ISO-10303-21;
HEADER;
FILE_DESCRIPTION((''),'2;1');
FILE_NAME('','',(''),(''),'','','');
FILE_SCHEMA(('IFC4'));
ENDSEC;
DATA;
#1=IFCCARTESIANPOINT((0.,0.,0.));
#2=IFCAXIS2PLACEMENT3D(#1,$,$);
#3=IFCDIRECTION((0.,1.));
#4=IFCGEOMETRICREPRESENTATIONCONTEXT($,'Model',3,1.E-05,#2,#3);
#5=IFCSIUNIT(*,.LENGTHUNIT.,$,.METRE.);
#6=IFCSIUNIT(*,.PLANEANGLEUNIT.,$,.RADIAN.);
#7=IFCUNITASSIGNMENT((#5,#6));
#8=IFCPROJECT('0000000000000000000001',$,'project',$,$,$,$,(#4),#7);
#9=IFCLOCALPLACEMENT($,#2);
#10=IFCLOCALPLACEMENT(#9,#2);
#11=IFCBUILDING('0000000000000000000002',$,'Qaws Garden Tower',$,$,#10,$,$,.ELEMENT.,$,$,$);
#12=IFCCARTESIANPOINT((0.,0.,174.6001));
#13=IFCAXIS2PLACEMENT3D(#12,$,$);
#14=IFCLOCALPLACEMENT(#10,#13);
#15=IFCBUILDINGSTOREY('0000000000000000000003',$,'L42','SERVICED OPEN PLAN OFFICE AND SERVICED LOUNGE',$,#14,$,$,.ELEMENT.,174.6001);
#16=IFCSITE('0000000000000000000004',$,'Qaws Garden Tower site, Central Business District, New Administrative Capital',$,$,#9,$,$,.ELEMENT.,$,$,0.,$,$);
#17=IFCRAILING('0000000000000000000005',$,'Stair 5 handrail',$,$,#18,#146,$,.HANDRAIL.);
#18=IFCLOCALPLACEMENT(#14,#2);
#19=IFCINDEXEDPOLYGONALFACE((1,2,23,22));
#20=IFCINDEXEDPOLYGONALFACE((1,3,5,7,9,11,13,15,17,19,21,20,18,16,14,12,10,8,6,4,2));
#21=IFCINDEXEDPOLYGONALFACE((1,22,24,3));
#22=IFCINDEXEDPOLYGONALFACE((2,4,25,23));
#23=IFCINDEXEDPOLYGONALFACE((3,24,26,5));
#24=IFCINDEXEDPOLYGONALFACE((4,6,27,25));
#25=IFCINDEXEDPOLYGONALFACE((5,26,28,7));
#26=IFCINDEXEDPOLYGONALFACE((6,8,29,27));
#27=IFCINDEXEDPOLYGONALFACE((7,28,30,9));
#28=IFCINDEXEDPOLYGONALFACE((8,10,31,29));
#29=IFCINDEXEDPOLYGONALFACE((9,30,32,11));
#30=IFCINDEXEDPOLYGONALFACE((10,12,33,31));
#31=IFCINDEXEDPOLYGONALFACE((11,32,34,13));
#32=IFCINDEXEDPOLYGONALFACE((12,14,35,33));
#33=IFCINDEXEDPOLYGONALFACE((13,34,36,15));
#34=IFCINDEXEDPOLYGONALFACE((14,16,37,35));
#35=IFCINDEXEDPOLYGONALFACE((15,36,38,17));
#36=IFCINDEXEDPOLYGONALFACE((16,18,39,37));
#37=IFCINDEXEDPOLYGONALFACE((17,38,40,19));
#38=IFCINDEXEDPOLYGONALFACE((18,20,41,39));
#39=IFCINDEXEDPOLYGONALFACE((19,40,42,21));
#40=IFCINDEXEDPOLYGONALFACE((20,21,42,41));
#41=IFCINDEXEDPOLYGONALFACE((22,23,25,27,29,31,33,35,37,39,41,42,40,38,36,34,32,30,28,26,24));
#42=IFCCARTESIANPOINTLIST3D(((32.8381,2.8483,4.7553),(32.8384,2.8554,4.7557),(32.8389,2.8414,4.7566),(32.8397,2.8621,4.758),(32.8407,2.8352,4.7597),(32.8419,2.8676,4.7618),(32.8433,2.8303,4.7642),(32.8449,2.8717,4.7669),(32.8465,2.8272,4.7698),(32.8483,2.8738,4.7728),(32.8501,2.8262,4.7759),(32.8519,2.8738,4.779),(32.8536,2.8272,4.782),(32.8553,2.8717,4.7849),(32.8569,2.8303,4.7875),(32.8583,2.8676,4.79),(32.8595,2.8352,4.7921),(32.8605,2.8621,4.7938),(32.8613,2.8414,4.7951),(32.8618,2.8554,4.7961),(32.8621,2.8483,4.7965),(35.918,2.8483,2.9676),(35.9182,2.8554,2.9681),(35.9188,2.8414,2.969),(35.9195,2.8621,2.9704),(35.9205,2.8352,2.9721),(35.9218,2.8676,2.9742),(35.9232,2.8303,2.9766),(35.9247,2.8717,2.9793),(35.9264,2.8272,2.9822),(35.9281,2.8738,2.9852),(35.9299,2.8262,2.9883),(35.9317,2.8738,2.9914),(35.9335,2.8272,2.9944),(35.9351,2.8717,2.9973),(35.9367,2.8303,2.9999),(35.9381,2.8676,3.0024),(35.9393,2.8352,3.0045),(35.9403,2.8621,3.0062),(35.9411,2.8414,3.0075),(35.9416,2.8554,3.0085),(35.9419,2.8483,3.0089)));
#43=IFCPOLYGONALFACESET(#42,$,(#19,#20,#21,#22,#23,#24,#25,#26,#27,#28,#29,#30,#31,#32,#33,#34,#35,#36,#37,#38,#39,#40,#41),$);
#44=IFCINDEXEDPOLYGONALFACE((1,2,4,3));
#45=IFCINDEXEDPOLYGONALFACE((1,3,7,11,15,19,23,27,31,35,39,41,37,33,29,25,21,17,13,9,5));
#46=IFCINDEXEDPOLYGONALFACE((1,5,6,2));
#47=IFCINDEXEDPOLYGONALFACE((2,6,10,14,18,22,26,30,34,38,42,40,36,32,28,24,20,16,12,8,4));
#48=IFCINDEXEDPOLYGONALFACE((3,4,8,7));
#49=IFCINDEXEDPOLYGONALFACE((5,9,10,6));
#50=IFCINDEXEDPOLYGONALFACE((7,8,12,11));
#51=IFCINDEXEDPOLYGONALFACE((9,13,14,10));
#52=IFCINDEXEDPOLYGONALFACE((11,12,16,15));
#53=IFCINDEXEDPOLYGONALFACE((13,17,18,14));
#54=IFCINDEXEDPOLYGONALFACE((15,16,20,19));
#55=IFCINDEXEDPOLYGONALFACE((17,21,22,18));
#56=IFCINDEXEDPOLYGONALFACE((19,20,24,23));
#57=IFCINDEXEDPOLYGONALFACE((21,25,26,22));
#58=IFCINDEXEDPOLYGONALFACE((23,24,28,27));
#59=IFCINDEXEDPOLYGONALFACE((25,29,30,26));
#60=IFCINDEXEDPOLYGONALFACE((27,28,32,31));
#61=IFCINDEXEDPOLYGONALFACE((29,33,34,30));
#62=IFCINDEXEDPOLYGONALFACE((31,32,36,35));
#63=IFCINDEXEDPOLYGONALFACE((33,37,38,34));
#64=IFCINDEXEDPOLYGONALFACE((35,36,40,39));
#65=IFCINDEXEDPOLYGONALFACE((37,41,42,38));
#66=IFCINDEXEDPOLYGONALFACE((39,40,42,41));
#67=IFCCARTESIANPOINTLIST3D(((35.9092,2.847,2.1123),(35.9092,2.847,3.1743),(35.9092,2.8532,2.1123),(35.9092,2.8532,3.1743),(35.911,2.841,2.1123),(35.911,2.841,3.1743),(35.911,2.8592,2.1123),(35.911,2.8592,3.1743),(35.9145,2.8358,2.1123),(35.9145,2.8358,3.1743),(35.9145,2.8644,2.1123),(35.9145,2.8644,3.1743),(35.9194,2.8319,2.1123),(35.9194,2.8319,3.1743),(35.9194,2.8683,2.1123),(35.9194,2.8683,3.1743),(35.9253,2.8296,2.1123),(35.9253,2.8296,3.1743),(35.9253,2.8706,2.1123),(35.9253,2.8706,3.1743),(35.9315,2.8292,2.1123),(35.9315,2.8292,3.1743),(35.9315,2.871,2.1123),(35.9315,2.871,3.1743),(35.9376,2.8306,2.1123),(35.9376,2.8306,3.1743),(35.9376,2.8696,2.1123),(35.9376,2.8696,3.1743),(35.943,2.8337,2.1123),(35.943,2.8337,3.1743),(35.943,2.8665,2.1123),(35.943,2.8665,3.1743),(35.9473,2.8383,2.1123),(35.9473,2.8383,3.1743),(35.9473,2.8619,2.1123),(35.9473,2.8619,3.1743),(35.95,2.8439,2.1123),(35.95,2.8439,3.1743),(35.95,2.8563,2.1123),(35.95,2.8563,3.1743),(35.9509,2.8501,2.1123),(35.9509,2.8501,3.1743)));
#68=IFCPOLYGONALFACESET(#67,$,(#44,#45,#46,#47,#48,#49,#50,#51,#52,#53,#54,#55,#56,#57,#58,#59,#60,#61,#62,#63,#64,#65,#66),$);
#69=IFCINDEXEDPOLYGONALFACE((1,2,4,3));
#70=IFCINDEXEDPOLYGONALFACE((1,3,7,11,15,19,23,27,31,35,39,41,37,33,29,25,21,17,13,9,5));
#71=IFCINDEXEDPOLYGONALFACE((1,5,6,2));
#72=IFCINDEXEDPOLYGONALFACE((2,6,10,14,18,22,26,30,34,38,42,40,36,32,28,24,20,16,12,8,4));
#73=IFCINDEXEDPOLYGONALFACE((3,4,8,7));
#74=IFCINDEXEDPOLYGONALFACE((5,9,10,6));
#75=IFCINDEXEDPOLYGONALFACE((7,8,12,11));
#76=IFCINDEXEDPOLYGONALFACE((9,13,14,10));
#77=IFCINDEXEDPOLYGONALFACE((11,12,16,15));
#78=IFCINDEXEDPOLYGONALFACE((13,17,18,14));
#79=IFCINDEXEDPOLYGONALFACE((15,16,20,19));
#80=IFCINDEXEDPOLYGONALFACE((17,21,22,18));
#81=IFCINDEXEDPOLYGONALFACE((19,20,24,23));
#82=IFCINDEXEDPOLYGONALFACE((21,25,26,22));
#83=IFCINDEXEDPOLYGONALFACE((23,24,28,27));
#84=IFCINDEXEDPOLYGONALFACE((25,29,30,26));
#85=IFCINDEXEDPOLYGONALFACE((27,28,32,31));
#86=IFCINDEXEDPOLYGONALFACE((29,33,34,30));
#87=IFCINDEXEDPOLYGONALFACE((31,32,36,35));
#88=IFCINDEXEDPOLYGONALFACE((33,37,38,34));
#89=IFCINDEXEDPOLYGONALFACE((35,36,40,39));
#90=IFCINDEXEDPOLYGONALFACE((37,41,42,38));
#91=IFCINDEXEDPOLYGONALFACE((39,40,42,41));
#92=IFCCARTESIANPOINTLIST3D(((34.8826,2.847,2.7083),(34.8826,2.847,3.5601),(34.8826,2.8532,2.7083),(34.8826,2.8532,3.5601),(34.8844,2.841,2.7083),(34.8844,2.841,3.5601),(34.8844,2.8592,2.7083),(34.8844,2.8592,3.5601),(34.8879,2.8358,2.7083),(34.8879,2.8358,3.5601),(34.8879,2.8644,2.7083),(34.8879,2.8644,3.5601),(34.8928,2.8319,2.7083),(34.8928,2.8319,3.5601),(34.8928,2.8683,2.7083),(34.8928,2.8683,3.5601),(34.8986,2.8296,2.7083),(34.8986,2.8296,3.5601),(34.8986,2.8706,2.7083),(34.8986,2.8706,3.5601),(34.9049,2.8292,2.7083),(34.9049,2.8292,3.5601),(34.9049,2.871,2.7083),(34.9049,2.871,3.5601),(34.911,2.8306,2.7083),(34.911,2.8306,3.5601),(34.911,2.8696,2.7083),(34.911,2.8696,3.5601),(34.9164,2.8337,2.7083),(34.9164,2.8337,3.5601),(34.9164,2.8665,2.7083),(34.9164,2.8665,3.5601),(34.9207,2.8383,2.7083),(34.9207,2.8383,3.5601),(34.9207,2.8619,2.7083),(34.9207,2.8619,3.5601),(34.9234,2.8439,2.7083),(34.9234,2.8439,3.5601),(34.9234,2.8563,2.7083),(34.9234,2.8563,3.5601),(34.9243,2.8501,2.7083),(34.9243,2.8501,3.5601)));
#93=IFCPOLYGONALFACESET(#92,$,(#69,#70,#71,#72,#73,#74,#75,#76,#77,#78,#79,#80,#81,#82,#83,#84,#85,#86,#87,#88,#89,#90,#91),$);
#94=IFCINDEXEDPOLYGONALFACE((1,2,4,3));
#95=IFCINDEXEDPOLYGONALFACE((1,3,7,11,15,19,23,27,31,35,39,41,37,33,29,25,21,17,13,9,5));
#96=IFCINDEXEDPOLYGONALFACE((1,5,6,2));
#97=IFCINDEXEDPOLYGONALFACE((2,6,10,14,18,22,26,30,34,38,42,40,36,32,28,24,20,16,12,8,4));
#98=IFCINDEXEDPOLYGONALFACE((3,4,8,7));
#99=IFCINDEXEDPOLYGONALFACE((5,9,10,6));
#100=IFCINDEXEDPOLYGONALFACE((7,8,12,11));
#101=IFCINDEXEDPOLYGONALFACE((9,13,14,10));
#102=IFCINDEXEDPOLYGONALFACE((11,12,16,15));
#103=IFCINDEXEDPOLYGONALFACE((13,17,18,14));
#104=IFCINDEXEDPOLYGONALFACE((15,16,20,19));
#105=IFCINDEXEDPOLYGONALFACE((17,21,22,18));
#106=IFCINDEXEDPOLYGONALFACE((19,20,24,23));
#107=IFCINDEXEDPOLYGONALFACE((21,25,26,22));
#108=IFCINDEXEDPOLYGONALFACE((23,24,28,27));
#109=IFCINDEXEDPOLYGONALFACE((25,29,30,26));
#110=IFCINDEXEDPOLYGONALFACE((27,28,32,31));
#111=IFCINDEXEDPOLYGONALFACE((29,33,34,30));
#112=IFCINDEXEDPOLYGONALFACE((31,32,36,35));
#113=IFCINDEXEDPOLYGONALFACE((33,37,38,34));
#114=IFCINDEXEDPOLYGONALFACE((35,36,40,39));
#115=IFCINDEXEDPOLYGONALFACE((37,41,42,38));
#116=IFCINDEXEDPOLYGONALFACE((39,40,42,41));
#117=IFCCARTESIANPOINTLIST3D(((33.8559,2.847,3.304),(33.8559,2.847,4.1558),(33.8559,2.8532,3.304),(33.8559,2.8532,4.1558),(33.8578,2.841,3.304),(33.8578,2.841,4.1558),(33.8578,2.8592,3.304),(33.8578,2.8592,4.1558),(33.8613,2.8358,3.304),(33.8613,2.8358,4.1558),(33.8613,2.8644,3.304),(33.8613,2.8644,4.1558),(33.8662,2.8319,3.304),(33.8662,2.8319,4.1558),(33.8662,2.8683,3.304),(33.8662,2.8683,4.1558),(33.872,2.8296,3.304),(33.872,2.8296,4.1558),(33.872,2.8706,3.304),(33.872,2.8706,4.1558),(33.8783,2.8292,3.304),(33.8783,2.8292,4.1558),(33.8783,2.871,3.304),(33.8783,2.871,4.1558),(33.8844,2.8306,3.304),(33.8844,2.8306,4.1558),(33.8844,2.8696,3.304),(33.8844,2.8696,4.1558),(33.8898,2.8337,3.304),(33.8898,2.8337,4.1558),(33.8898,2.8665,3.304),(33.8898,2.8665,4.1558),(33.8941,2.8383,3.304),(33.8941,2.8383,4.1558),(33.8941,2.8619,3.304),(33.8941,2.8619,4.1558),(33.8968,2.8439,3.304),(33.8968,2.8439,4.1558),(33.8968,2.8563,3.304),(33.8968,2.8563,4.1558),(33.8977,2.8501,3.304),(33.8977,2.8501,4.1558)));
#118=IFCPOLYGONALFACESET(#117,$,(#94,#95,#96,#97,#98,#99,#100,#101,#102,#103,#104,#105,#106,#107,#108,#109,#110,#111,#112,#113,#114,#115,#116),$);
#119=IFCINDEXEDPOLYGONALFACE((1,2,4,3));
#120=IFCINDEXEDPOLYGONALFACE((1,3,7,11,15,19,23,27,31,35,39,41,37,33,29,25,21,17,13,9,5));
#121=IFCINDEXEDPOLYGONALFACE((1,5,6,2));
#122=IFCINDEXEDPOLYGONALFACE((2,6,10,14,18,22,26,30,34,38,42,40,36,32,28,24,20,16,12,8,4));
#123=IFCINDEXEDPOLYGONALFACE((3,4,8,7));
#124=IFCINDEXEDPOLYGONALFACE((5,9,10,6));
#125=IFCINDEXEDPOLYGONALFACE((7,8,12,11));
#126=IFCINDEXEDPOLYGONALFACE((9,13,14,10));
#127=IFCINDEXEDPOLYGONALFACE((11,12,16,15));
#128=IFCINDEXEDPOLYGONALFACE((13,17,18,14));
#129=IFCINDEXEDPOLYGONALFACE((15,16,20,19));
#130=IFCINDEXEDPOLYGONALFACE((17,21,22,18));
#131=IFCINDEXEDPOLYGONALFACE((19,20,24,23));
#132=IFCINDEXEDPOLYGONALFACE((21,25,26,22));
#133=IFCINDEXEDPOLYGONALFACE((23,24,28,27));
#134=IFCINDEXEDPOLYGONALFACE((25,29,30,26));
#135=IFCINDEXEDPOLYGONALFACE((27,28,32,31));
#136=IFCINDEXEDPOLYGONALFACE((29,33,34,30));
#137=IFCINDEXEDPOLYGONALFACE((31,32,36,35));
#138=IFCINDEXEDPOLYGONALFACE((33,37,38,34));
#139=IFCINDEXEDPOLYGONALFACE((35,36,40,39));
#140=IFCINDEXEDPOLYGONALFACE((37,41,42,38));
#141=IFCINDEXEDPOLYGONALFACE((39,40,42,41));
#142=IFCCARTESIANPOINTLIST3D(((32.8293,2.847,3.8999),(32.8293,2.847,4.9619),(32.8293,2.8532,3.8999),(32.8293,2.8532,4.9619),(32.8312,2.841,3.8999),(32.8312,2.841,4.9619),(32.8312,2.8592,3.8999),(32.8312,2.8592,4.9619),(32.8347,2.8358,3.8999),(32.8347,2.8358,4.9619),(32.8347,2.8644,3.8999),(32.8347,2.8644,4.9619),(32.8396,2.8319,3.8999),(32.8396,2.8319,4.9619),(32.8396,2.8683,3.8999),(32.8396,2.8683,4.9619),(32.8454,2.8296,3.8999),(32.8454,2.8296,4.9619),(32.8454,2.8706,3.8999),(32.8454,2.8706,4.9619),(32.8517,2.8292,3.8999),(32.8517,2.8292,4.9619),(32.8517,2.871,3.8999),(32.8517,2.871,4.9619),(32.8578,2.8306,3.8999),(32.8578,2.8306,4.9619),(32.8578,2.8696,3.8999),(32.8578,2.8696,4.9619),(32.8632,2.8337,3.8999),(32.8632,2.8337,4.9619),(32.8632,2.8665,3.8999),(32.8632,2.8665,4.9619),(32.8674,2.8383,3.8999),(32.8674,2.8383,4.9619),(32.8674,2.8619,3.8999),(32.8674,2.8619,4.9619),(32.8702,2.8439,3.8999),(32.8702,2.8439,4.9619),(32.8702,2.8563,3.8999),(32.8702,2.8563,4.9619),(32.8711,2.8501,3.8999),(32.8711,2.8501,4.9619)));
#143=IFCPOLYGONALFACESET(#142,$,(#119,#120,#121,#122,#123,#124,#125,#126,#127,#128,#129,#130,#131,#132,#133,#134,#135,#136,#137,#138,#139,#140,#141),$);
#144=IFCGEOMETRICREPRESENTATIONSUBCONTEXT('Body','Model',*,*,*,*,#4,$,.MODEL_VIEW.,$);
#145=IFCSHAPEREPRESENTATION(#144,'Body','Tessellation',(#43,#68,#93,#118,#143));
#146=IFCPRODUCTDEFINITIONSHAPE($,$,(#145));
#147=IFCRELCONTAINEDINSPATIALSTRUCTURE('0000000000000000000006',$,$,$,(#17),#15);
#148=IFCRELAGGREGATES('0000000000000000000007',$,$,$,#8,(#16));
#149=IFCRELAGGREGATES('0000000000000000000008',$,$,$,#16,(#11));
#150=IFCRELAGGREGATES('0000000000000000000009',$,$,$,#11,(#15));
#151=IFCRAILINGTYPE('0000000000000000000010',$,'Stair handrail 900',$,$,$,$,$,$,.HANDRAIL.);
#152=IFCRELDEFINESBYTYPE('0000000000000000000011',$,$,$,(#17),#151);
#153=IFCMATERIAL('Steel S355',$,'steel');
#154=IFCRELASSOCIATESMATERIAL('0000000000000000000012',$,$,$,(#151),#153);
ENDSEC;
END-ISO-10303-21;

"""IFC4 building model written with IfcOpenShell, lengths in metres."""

from ifc_helpers import new_model, si_unit, direction, frame, origin, origin_2d, place, context, subcontext, project, spatial, circle, extrude, material, type_object, element, save


model = new_model("IFC4")

# Units and contexts
model_context = context("Model", 3, precision=1e-05, world=origin(), true_north=direction((0.0, 1.0)))
body_context = subcontext(model_context, "Body", "Model", "MODEL_VIEW")
ifc_project = project(units=[si_unit("LENGTHUNIT", "METRE"), si_unit("PLANEANGLEUNIT", "RADIAN")], contexts=[model_context])

# Site, building, storey
site_placement = place(None, origin())
site = spatial("IfcSite", under=ifc_project, at=site_placement, Name="Qaws Garden Tower site, Central Business District, New Administrative Capital", CompositionType="ELEMENT", RefElevation=0.0)
building_placement = place(site_placement, origin())
building = spatial("IfcBuilding", under=site, at=building_placement, Name="Qaws Garden Tower", CompositionType="ELEMENT")
storey_placement = place(building_placement, frame((0.0, 0.0, 174.6001)))
storey = spatial("IfcBuildingStorey", under=building, at=storey_placement, Name="L42", Description="SERVICED OPEN PLAN OFFICE AND SERVICED LOUNGE", CompositionType="ELEMENT", Elevation=174.6001)

# Railing
ifc_material_1 = material(Name="Steel S355", Category="steel")
railing_type = type_object("IfcRailingType", Name="Stair handrail 900", PredefinedType="HANDRAIL", material=ifc_material_1)
railing_1_placement = place(storey_placement, frame((35.9299, 2.8501, 2.1123)))
element("IfcRailing", 1, at=railing_1_placement, inside=storey, type_object=railing_type, Name="Stair 5 handrail", PredefinedType="HANDRAIL", context=body_context, shape_type="SweptSolid", body=[
    extrude(circle(Radius=0.0239, at=origin_2d()), frame((0.0, 0.0, 0.876), z_axis=(-0.864873, 0.0, 0.50199), x_axis=(0.0, -1.0, 0.0)), (0.0, 0.0, 1.0), 3.561),
    extrude(circle(Radius=0.021, at=origin_2d()), origin(), (0.0, 0.0, 1.0), 1.062),
    extrude(circle(Radius=0.021, at=origin_2d()), frame((-1.0266, 0.0, 0.5959)), (0.0, 0.0, 1.0), 0.8518),
    extrude(circle(Radius=0.021, at=origin_2d()), frame((-2.0532, 0.0, 1.1917)), (0.0, 0.0, 1.0), 0.8518),
    extrude(circle(Radius=0.021, at=origin_2d()), frame((-3.0798, 0.0, 1.7876)), (0.0, 0.0, 1.0), 1.062),
])

save(model, "model.ifc")
